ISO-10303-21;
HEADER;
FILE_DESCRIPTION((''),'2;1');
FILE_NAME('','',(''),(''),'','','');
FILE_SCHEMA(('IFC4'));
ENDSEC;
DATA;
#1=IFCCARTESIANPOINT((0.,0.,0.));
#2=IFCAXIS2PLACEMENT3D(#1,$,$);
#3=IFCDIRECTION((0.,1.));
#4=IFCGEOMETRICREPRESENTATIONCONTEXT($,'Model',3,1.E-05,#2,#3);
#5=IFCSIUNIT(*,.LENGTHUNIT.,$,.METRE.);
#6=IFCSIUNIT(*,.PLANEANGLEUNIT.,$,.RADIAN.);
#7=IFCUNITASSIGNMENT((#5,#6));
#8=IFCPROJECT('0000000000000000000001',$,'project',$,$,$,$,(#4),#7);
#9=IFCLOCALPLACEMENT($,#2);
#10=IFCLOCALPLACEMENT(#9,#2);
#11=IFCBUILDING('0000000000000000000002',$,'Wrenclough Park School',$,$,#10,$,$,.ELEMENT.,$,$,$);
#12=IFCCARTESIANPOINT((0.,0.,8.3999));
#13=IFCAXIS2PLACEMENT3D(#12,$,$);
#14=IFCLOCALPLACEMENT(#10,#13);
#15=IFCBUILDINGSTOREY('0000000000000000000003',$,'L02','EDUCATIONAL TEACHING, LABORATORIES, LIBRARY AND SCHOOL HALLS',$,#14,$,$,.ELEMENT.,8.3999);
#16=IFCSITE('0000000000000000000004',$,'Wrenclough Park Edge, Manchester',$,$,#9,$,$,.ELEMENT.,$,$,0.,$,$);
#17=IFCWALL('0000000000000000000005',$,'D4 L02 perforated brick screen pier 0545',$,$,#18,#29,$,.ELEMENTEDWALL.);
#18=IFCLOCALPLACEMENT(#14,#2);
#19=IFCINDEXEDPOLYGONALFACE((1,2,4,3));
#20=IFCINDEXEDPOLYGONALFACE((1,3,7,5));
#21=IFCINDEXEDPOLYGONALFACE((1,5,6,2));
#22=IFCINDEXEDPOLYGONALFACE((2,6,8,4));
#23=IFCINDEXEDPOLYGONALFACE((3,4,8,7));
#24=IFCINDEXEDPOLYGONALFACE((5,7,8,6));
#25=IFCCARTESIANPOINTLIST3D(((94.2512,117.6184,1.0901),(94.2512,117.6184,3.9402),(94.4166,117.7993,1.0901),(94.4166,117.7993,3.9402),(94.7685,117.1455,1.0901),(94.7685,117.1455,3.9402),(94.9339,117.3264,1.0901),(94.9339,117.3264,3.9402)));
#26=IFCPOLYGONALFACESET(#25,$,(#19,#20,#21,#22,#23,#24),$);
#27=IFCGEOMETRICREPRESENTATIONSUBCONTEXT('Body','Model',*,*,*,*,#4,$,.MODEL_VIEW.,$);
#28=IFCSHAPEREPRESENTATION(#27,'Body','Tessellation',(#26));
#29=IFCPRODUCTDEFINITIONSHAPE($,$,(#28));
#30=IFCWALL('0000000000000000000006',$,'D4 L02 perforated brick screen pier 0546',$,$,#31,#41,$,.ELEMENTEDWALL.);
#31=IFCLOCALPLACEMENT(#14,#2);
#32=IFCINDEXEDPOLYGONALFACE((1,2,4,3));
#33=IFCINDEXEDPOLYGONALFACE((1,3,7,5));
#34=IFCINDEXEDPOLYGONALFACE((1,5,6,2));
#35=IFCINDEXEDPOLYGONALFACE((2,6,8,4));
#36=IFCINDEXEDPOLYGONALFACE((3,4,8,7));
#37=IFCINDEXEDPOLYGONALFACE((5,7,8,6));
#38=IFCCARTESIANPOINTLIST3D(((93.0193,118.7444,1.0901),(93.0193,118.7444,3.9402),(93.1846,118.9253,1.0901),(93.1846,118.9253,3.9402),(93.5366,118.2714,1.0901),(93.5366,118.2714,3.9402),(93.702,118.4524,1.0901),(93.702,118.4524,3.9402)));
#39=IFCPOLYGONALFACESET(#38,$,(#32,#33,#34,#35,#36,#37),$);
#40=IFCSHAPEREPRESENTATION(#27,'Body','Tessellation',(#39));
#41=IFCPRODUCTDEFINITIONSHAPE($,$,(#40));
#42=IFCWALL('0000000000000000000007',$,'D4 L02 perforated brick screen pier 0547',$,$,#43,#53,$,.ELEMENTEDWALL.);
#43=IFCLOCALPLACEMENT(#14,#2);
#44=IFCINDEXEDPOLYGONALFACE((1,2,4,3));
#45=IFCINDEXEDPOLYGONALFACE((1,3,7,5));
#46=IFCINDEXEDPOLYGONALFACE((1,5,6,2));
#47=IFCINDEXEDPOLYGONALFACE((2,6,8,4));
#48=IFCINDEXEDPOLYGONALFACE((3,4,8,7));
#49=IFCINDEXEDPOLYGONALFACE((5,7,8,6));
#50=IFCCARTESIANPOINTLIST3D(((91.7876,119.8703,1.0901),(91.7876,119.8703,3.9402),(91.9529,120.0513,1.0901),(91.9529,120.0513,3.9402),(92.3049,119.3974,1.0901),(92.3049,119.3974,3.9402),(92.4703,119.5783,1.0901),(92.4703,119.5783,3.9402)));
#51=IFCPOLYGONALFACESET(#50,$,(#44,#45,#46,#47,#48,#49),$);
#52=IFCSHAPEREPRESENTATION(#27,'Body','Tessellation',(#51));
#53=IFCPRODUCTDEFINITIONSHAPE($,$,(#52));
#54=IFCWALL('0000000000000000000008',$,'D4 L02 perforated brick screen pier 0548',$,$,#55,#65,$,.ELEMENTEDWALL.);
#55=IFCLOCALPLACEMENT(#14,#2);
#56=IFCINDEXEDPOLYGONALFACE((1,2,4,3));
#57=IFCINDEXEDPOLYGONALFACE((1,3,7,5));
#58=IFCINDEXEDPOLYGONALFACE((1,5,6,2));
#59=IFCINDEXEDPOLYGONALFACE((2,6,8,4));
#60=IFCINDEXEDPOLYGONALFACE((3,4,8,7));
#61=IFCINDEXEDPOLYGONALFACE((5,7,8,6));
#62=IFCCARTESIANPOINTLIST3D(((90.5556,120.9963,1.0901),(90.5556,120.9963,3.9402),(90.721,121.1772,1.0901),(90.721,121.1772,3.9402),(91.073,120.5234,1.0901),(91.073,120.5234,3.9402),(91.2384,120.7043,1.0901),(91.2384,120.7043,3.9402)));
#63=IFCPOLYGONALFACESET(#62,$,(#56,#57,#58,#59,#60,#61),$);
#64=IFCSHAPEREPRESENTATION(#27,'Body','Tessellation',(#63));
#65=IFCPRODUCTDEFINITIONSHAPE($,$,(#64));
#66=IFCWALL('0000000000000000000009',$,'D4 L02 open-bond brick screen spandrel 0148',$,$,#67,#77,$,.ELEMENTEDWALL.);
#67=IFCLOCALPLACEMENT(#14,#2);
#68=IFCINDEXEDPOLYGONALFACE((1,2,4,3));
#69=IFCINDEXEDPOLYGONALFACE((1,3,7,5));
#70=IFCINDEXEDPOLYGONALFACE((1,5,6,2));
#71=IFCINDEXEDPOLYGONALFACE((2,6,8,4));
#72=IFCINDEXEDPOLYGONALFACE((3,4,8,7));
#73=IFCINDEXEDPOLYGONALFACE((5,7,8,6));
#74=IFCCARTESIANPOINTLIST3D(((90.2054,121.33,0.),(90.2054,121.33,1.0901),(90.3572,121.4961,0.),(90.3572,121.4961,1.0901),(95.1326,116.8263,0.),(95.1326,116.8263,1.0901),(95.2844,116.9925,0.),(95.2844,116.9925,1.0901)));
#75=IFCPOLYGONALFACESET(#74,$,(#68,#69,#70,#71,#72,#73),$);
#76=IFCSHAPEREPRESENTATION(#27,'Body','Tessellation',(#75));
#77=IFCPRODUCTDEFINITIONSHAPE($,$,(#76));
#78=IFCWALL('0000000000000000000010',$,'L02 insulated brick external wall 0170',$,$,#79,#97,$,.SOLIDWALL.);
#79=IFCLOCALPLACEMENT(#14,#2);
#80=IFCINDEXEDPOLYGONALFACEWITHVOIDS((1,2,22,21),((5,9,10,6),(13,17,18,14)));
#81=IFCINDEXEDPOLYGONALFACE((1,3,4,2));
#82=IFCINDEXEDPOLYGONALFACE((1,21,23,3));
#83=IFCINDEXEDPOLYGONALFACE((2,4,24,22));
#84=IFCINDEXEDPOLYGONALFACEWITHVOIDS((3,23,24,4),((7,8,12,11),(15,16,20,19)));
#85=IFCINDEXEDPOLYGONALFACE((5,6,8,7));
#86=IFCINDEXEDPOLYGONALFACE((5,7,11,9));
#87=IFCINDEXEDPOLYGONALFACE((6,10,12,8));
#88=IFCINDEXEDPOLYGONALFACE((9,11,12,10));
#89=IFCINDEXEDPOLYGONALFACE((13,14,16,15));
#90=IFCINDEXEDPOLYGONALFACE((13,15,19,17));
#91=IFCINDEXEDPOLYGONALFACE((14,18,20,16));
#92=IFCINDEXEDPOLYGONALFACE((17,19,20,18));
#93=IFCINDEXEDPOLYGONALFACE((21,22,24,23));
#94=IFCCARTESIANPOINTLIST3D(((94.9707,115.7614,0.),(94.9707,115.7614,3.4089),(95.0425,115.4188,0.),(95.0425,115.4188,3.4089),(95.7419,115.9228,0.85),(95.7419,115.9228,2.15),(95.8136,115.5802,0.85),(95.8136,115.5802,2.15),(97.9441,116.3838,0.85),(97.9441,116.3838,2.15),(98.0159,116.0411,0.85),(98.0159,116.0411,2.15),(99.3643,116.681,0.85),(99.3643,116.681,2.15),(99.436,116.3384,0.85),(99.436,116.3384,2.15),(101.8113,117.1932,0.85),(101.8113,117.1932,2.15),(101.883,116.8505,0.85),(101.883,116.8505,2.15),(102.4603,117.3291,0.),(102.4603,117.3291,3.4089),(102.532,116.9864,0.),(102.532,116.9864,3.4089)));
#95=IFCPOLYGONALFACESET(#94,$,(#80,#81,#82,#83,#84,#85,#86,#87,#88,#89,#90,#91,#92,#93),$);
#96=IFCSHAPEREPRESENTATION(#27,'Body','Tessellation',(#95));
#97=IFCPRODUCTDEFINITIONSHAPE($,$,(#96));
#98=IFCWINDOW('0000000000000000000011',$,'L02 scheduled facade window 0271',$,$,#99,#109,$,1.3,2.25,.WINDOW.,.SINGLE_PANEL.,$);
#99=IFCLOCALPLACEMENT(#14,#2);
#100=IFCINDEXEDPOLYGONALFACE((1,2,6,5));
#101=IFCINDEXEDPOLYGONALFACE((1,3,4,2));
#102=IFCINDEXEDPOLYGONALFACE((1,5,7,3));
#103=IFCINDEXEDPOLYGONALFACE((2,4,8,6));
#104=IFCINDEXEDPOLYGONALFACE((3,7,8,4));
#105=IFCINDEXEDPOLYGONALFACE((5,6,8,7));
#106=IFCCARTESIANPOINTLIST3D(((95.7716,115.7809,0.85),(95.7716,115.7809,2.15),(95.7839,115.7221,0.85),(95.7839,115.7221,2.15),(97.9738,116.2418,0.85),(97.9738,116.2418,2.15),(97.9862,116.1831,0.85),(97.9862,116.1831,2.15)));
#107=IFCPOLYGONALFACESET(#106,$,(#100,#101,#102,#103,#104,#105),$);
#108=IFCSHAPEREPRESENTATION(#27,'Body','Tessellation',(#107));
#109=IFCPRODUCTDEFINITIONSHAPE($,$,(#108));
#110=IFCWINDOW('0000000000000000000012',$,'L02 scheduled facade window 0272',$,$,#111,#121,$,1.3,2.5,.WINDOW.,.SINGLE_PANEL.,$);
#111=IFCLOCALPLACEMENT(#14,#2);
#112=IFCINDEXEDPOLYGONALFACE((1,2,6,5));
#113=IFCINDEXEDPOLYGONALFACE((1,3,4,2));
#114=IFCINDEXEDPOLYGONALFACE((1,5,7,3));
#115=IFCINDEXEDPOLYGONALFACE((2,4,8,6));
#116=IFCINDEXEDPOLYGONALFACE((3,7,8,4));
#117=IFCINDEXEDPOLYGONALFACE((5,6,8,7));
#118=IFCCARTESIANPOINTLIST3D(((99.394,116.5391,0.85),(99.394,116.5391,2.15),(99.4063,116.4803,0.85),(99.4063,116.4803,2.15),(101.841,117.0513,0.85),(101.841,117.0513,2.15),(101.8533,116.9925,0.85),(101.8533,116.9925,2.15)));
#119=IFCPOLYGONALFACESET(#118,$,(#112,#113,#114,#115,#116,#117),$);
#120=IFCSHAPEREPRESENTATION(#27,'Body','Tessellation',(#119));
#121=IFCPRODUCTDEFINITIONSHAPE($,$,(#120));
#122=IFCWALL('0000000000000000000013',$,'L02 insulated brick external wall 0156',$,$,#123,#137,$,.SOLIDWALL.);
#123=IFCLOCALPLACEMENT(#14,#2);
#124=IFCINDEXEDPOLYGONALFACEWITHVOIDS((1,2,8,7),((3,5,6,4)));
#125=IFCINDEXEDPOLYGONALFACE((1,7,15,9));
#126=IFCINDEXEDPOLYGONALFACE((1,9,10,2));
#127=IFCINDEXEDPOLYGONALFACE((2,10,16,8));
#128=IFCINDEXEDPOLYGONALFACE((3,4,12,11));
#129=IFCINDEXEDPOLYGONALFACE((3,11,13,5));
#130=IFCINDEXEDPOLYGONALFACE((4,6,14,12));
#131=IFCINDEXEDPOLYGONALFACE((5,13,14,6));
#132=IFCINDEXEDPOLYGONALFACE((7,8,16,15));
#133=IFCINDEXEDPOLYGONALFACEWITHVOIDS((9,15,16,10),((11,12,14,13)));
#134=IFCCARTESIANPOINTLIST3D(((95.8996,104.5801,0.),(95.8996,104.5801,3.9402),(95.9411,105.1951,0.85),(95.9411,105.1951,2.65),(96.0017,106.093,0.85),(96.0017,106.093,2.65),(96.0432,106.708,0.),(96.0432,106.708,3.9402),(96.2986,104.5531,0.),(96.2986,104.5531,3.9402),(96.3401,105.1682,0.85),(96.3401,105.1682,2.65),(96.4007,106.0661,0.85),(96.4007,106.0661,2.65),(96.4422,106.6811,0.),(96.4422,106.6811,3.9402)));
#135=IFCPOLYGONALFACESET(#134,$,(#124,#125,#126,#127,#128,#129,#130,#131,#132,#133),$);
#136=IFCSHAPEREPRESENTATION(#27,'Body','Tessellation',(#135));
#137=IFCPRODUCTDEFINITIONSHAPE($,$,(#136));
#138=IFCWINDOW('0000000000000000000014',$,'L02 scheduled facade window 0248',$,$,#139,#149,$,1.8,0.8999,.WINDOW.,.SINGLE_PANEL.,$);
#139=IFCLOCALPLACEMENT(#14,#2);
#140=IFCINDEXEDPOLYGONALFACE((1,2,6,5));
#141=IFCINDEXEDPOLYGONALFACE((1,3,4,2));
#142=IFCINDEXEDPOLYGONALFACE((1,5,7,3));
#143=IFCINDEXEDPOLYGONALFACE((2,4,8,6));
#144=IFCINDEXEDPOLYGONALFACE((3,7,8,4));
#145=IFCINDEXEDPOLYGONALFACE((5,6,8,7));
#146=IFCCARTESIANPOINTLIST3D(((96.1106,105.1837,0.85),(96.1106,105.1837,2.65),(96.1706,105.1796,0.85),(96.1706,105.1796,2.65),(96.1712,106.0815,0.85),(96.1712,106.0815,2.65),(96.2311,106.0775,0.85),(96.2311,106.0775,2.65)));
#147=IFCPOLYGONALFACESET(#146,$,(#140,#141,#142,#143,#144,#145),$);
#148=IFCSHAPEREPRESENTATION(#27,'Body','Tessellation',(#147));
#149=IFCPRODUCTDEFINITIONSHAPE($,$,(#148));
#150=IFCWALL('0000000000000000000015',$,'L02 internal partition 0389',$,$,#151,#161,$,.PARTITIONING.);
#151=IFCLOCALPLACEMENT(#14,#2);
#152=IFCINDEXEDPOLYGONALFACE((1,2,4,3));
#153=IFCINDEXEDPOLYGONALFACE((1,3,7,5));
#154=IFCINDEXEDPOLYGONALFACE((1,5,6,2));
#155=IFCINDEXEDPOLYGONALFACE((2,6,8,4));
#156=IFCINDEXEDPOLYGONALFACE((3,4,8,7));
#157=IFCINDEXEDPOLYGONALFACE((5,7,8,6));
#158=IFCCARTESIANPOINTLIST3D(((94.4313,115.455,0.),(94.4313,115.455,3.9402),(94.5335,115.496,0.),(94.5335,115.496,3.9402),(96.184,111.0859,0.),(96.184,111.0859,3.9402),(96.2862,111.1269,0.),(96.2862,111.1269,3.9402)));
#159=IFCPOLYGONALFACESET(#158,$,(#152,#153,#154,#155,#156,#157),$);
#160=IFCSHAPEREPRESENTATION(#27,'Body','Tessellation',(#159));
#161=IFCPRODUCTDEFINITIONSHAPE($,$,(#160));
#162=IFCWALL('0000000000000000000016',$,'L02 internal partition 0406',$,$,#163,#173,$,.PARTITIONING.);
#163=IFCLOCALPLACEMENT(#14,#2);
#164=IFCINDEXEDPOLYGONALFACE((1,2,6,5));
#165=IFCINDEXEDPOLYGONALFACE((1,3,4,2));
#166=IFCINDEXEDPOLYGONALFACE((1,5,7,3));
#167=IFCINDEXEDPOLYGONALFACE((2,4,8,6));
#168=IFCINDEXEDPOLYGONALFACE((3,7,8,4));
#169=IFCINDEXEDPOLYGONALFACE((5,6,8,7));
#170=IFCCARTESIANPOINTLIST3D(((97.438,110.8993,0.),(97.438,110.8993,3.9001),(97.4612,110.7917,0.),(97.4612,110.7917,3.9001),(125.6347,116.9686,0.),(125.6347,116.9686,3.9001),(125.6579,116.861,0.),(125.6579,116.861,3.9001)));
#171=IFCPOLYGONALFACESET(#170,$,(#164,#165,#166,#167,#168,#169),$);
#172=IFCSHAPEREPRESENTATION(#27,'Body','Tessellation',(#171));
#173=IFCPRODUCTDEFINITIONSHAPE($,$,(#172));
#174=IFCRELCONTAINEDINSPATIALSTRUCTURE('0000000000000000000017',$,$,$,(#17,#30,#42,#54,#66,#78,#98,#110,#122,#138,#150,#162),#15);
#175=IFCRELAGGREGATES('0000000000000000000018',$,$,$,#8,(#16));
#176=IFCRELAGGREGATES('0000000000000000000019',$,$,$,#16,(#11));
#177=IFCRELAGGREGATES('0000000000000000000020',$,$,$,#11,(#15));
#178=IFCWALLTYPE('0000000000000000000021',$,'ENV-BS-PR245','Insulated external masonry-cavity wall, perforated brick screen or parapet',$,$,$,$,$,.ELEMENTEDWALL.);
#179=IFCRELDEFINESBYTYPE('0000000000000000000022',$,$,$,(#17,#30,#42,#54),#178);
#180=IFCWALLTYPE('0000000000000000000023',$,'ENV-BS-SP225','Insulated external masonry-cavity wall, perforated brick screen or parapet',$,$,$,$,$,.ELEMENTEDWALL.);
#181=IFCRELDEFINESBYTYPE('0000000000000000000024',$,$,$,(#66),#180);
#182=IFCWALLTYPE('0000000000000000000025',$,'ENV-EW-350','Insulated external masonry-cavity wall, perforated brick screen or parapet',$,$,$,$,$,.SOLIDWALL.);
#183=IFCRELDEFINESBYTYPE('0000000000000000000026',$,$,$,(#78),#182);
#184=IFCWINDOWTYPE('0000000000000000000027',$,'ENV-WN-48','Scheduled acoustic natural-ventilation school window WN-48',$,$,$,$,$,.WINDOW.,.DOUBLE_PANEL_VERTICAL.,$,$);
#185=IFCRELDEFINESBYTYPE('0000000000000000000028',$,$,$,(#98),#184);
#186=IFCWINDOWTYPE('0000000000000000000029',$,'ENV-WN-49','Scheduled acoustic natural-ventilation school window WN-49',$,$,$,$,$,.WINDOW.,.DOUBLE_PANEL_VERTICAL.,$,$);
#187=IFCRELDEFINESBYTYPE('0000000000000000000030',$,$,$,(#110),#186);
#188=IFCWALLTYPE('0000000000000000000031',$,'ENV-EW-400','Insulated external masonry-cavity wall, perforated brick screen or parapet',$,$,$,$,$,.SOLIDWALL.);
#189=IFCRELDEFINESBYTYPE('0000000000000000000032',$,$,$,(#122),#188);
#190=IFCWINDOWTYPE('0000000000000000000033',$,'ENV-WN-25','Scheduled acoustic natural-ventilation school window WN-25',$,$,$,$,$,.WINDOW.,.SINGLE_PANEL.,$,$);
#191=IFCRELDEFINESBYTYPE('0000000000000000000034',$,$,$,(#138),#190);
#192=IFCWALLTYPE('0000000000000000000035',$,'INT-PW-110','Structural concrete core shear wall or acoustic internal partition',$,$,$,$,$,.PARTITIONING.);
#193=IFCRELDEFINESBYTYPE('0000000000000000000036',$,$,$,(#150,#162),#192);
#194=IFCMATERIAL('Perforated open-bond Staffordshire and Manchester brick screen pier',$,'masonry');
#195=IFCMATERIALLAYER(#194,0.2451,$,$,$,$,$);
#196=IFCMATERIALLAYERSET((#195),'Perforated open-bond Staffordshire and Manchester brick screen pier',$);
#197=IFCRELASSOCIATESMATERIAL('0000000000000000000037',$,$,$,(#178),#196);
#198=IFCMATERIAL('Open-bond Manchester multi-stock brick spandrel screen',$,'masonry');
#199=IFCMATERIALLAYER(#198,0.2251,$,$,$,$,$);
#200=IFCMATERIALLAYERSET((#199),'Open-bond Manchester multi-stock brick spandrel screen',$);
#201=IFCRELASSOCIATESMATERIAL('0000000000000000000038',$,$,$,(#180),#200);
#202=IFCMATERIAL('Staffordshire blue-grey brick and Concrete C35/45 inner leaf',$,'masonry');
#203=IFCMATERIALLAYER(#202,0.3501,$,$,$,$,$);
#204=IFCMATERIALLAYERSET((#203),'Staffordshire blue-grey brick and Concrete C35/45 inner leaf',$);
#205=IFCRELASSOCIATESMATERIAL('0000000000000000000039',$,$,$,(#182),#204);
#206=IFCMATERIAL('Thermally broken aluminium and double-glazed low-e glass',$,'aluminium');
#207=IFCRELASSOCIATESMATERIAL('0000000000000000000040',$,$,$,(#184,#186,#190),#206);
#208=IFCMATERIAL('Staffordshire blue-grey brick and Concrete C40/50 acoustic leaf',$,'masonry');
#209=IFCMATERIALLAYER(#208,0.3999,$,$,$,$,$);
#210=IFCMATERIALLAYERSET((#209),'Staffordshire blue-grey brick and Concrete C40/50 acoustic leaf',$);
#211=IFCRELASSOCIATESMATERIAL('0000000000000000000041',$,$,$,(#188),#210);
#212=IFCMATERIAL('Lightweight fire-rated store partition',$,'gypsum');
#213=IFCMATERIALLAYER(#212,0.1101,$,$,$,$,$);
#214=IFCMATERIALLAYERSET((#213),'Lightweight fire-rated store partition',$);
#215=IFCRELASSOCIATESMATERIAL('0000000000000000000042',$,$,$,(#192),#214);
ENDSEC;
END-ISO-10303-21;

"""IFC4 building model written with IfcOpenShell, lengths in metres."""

from ifc_helpers import new_model, si_unit, direction, frame, frame_2d, origin, place, context, subcontext, project, spatial, rectangle, extrude, material, layer, layer_set, type_object, element, fill, save


model = new_model("IFC4")

# Units and contexts
model_context = context("Model", 3, precision=1e-05, world=origin(), true_north=direction((0.0, 1.0)))
body_context = subcontext(model_context, "Body", "Model", "MODEL_VIEW")
ifc_project = project(units=[si_unit("LENGTHUNIT", "METRE"), si_unit("PLANEANGLEUNIT", "RADIAN")], contexts=[model_context])

# Site, building, storey
site_placement = place(None, origin())
site = spatial("IfcSite", under=ifc_project, at=site_placement, Name="Wrenclough Park Edge, Manchester", CompositionType="ELEMENT", RefElevation=0.0)
building_placement = place(site_placement, origin())
building = spatial("IfcBuilding", under=site, at=building_placement, Name="Wrenclough Park School", CompositionType="ELEMENT")
storey_placement = place(building_placement, frame((0.0, 0.0, 8.3999)))
storey = spatial("IfcBuildingStorey", under=building, at=storey_placement, Name="L02", Description="EDUCATIONAL TEACHING, LABORATORIES, LIBRARY AND SCHOOL HALLS", CompositionType="ELEMENT", Elevation=8.3999)

# Walls
ifc_material_1 = material(Name="Perforated open-bond Staffordshire and Manchester brick screen pier", Category="masonry")
ifc_layer_1 = layer(ifc_material_1, 0.2451)
ifc_layer_set_1 = layer_set([ifc_layer_1], Name="Perforated open-bond Staffordshire and Manchester brick screen pier")
wall_type_1 = type_object("IfcWallType", Name="ENV-BS-PR245", Description="Insulated external masonry-cavity wall, perforated brick screen or parapet", PredefinedType="ELEMENTEDWALL", material=ifc_layer_set_1)
for number, where, z_axis, x_axis, name in (
    (1, (94.8513, 117.2358, 1.0901), (0.0, 0.0, 1.0), (-0.738093, 0.674699, 0.0), "D4 L02 perforated brick screen pier 0545"),
    (2, (93.6194, 118.3618, 1.0901), (0.0, 0.0, 1.0), (-0.738093, 0.674699, 0.0), "D4 L02 perforated brick screen pier 0546"),
    (3, (92.3877, 119.4878, 1.0901), (0.0, 0.0, 1.0), (-0.738093, 0.674699, 0.0), "D4 L02 perforated brick screen pier 0547"),
    (4, (91.1558, 120.6138, 1.0901), (0.0, 0.0, 1.0), (-0.738093, 0.674699, 0.0), "D4 L02 perforated brick screen pier 0548"),
):
    element("IfcWall", number, at=place(storey_placement, frame(where, z_axis=z_axis, x_axis=x_axis)), inside=storey, type_object=wall_type_1, Name=name, PredefinedType="ELEMENTEDWALL", context=body_context, shape_type="SweptSolid", body=[
        extrude(rectangle(XDim=0.7009, YDim=0.2451, at=frame_2d((0.3506, 0.0))), origin(), (0.0, 0.0, 1.0), 2.8501),
    ])
ifc_material_2 = material(Name="Open-bond Manchester multi-stock brick spandrel screen", Category="masonry")
ifc_layer_2 = layer(ifc_material_2, 0.2251)
ifc_layer_set_2 = layer_set([ifc_layer_2], Name="Open-bond Manchester multi-stock brick spandrel screen")
wall_type_2 = type_object("IfcWallType", Name="ENV-BS-SP225", Description="Insulated external masonry-cavity wall, perforated brick screen or parapet", PredefinedType="ELEMENTEDWALL", material=ifc_layer_set_2)
wall_1_placement = place(storey_placement, frame((95.2085, 116.9094, 0.0), z_axis=(0.0, 0.0, 1.0), x_axis=(-0.738122, 0.674667, 0.0)))
element("IfcWall", 5, at=wall_1_placement, inside=storey, type_object=wall_type_2, Name="D4 L02 open-bond brick screen spandrel 0148", PredefinedType="ELEMENTEDWALL", context=body_context, shape_type="SweptSolid", body=[
    extrude(rectangle(XDim=6.6753, YDim=0.2251, at=frame_2d((3.3376, 0.0))), origin(), (0.0, 0.0, 1.0), 1.0901),
])

# Wall, openings, windows
ifc_material_3 = material(Name="Staffordshire blue-grey brick and Concrete C35/45 inner leaf", Category="masonry")
ifc_layer_3 = layer(ifc_material_3, 0.3501)
ifc_layer_set_3 = layer_set([ifc_layer_3], Name="Staffordshire blue-grey brick and Concrete C35/45 inner leaf")
wall_type_3 = type_object("IfcWallType", Name="ENV-EW-350", Description="Insulated external masonry-cavity wall, perforated brick screen or parapet", PredefinedType="SOLIDWALL", material=ifc_layer_set_3)
wall_2_placement = place(storey_placement, frame((95.0066, 115.5901, 0.0), z_axis=(0.0, 0.0, 1.0), x_axis=(0.978789, 0.20487, 0.0)))
wall_2 = element("IfcWall", 6, at=wall_2_placement, inside=storey, type_object=wall_type_3, Name="L02 insulated brick external wall 0170", PredefinedType="SOLIDWALL", context=body_context, shape_type="SweptSolid", body=[
    extrude(rectangle(XDim=7.6519, YDim=0.3501, at=frame_2d((3.8259, 0.0))), origin(), (0.0, 0.0, 1.0), 3.4089),
])
opening_1_placement = place(wall_2_placement, frame((0.7878, 0.0, 0.8501)))
opening_1 = element("IfcOpeningElement", 7, at=opening_1_placement, cuts=wall_2, PredefinedType="OPENING", context=body_context, shape_type="SweptSolid", body=[
    extrude(rectangle(XDim=2.25, YDim=1.3, at=frame_2d((1.125, 0.6499))), frame((0.0, 0.1851, 0.0), z_axis=(0.0, -1.0, 0.0), x_axis=(1.0, 0.0, 0.0)), (0.0, 0.0, 1.0), 0.3701),
])
opening_2_placement = place(wall_2_placement, frame((4.4888, 0.0, 0.8501)))
opening_2 = element("IfcOpeningElement", 8, at=opening_2_placement, cuts=wall_2, PredefinedType="OPENING", context=body_context, shape_type="SweptSolid", body=[
    extrude(rectangle(XDim=2.5, YDim=1.3, at=frame_2d((1.25, 0.6499))), frame((0.0, 0.1851, 0.0), z_axis=(0.0, -1.0, 0.0), x_axis=(1.0, 0.0, 0.0)), (0.0, 0.0, 1.0), 0.3701),
])
ifc_material_4 = material(Name="Thermally broken aluminium and double-glazed low-e glass", Category="aluminium")
window_type_1 = type_object("IfcWindowType", Name="ENV-WN-48", Description="Scheduled acoustic natural-ventilation school window WN-48", PartitioningType="DOUBLE_PANEL_VERTICAL", PredefinedType="WINDOW", material=ifc_material_4)
window_1_placement = place(opening_1_placement, origin())
window_1 = element("IfcWindow", 9, at=window_1_placement, inside=storey, type_object=window_type_1, Name="L02 scheduled facade window 0271", OverallHeight=1.3, OverallWidth=2.25, PartitioningType="SINGLE_PANEL", PredefinedType="WINDOW", context=body_context, shape_type="SweptSolid", body=[
    extrude(rectangle(XDim=2.25, YDim=1.3, at=frame_2d((1.125, 0.6499))), frame((0.0, 0.03, 0.0), z_axis=(0.0, -1.0, 0.0), x_axis=(1.0, 0.0, 0.0)), (0.0, 0.0, 1.0), 0.0601),
])
fill(opening_1, window_1)
window_type_2 = type_object("IfcWindowType", Name="ENV-WN-49", Description="Scheduled acoustic natural-ventilation school window WN-49", PartitioningType="DOUBLE_PANEL_VERTICAL", PredefinedType="WINDOW", material=ifc_material_4)
window_2_placement = place(opening_2_placement, origin())
window_2 = element("IfcWindow", 10, at=window_2_placement, inside=storey, type_object=window_type_2, Name="L02 scheduled facade window 0272", OverallHeight=1.3, OverallWidth=2.5, PartitioningType="SINGLE_PANEL", PredefinedType="WINDOW", context=body_context, shape_type="SweptSolid", body=[
    extrude(rectangle(XDim=2.5, YDim=1.3, at=frame_2d((1.25, 0.6499))), frame((0.0, 0.03, 0.0), z_axis=(0.0, -1.0, 0.0), x_axis=(1.0, 0.0, 0.0)), (0.0, 0.0, 1.0), 0.0601),
])
fill(opening_2, window_2)

# Wall, opening, window
ifc_material_5 = material(Name="Staffordshire blue-grey brick and Concrete C40/50 acoustic leaf", Category="masonry")
ifc_layer_4 = layer(ifc_material_5, 0.3999)
ifc_layer_set_4 = layer_set([ifc_layer_4], Name="Staffordshire blue-grey brick and Concrete C40/50 acoustic leaf")
wall_type_4 = type_object("IfcWallType", Name="ENV-EW-400", Description="Insulated external masonry-cavity wall, perforated brick screen or parapet", PredefinedType="SOLIDWALL", material=ifc_layer_set_4)
wall_3_placement = place(storey_placement, frame((96.2427, 106.6946, 0.0), z_axis=(0.0, 0.0, 1.0), x_axis=(-0.067309, -0.997732, 0.0)))
wall_3 = element("IfcWall", 11, at=wall_3_placement, inside=storey, type_object=wall_type_4, Name="L02 insulated brick external wall 0156", PredefinedType="SOLIDWALL", context=body_context, shape_type="SweptSolid", body=[
    extrude(rectangle(XDim=2.1328, YDim=0.3999, at=frame_2d((1.0664, 0.0))), origin(), (0.0, 0.0, 1.0), 3.9402),
])
opening_3_placement = place(wall_3_placement, frame((0.6165, 0.0, 0.8501)))
opening_3 = element("IfcOpeningElement", 12, at=opening_3_placement, cuts=wall_3, PredefinedType="OPENING", context=body_context, shape_type="SweptSolid", body=[
    extrude(rectangle(XDim=0.8999, YDim=1.8, at=frame_2d((0.45, 0.8999))), frame((0.0, 0.21, 0.0), z_axis=(0.0, -1.0, 0.0), x_axis=(1.0, 0.0, 0.0)), (0.0, 0.0, 1.0), 0.4199),
])
window_type_3 = type_object("IfcWindowType", Name="ENV-WN-25", Description="Scheduled acoustic natural-ventilation school window WN-25", PartitioningType="SINGLE_PANEL", PredefinedType="WINDOW", material=ifc_material_4)
window_3_placement = place(opening_3_placement, origin())
window_3 = element("IfcWindow", 13, at=window_3_placement, inside=storey, type_object=window_type_3, Name="L02 scheduled facade window 0248", OverallHeight=1.8, OverallWidth=0.8999, PartitioningType="SINGLE_PANEL", PredefinedType="WINDOW", context=body_context, shape_type="SweptSolid", body=[
    extrude(rectangle(XDim=0.8999, YDim=1.8, at=frame_2d((0.45, 0.8999))), frame((0.0, 0.03, 0.0), z_axis=(0.0, -1.0, 0.0), x_axis=(1.0, 0.0, 0.0)), (0.0, 0.0, 1.0), 0.0601),
])
fill(opening_3, window_3)

# Walls
ifc_material_6 = material(Name="Lightweight fire-rated store partition", Category="gypsum")
ifc_layer_5 = layer(ifc_material_6, 0.1101)
ifc_layer_set_5 = layer_set([ifc_layer_5], Name="Lightweight fire-rated store partition")
wall_type_5 = type_object("IfcWallType", Name="INT-PW-110", Description="Structural concrete core shear wall or acoustic internal partition", PredefinedType="PARTITIONING", material=ifc_layer_set_5)
wall_4_placement = place(storey_placement, frame((96.2351, 111.1064, 0.0), z_axis=(0.0, 0.0, 1.0), x_axis=(-0.372311, 0.928108, 0.0)))
element("IfcWall", 14, at=wall_4_placement, inside=storey, type_object=wall_type_5, Name="L02 internal partition 0389", PredefinedType="PARTITIONING", context=body_context, shape_type="SweptSolid", body=[
    extrude(rectangle(XDim=4.7075, YDim=0.1101, at=frame_2d((2.3538, 0.0))), origin(), (0.0, 0.0, 1.0), 3.9402),
])
wall_5_placement = place(storey_placement, frame((97.4495, 110.8455, 0.0), z_axis=(0.0, 0.0, 1.0), x_axis=(0.977609, 0.21043, 0.0)))
element("IfcWall", 15, at=wall_5_placement, inside=storey, type_object=wall_type_5, Name="L02 internal partition 0406", PredefinedType="PARTITIONING", context=body_context, shape_type="SweptSolid", body=[
    extrude(rectangle(XDim=28.8425, YDim=0.1101, at=frame_2d((14.4214, 0.0))), origin(), (0.0, 0.0, 1.0), 3.9001),
])

save(model, "model.ifc")
